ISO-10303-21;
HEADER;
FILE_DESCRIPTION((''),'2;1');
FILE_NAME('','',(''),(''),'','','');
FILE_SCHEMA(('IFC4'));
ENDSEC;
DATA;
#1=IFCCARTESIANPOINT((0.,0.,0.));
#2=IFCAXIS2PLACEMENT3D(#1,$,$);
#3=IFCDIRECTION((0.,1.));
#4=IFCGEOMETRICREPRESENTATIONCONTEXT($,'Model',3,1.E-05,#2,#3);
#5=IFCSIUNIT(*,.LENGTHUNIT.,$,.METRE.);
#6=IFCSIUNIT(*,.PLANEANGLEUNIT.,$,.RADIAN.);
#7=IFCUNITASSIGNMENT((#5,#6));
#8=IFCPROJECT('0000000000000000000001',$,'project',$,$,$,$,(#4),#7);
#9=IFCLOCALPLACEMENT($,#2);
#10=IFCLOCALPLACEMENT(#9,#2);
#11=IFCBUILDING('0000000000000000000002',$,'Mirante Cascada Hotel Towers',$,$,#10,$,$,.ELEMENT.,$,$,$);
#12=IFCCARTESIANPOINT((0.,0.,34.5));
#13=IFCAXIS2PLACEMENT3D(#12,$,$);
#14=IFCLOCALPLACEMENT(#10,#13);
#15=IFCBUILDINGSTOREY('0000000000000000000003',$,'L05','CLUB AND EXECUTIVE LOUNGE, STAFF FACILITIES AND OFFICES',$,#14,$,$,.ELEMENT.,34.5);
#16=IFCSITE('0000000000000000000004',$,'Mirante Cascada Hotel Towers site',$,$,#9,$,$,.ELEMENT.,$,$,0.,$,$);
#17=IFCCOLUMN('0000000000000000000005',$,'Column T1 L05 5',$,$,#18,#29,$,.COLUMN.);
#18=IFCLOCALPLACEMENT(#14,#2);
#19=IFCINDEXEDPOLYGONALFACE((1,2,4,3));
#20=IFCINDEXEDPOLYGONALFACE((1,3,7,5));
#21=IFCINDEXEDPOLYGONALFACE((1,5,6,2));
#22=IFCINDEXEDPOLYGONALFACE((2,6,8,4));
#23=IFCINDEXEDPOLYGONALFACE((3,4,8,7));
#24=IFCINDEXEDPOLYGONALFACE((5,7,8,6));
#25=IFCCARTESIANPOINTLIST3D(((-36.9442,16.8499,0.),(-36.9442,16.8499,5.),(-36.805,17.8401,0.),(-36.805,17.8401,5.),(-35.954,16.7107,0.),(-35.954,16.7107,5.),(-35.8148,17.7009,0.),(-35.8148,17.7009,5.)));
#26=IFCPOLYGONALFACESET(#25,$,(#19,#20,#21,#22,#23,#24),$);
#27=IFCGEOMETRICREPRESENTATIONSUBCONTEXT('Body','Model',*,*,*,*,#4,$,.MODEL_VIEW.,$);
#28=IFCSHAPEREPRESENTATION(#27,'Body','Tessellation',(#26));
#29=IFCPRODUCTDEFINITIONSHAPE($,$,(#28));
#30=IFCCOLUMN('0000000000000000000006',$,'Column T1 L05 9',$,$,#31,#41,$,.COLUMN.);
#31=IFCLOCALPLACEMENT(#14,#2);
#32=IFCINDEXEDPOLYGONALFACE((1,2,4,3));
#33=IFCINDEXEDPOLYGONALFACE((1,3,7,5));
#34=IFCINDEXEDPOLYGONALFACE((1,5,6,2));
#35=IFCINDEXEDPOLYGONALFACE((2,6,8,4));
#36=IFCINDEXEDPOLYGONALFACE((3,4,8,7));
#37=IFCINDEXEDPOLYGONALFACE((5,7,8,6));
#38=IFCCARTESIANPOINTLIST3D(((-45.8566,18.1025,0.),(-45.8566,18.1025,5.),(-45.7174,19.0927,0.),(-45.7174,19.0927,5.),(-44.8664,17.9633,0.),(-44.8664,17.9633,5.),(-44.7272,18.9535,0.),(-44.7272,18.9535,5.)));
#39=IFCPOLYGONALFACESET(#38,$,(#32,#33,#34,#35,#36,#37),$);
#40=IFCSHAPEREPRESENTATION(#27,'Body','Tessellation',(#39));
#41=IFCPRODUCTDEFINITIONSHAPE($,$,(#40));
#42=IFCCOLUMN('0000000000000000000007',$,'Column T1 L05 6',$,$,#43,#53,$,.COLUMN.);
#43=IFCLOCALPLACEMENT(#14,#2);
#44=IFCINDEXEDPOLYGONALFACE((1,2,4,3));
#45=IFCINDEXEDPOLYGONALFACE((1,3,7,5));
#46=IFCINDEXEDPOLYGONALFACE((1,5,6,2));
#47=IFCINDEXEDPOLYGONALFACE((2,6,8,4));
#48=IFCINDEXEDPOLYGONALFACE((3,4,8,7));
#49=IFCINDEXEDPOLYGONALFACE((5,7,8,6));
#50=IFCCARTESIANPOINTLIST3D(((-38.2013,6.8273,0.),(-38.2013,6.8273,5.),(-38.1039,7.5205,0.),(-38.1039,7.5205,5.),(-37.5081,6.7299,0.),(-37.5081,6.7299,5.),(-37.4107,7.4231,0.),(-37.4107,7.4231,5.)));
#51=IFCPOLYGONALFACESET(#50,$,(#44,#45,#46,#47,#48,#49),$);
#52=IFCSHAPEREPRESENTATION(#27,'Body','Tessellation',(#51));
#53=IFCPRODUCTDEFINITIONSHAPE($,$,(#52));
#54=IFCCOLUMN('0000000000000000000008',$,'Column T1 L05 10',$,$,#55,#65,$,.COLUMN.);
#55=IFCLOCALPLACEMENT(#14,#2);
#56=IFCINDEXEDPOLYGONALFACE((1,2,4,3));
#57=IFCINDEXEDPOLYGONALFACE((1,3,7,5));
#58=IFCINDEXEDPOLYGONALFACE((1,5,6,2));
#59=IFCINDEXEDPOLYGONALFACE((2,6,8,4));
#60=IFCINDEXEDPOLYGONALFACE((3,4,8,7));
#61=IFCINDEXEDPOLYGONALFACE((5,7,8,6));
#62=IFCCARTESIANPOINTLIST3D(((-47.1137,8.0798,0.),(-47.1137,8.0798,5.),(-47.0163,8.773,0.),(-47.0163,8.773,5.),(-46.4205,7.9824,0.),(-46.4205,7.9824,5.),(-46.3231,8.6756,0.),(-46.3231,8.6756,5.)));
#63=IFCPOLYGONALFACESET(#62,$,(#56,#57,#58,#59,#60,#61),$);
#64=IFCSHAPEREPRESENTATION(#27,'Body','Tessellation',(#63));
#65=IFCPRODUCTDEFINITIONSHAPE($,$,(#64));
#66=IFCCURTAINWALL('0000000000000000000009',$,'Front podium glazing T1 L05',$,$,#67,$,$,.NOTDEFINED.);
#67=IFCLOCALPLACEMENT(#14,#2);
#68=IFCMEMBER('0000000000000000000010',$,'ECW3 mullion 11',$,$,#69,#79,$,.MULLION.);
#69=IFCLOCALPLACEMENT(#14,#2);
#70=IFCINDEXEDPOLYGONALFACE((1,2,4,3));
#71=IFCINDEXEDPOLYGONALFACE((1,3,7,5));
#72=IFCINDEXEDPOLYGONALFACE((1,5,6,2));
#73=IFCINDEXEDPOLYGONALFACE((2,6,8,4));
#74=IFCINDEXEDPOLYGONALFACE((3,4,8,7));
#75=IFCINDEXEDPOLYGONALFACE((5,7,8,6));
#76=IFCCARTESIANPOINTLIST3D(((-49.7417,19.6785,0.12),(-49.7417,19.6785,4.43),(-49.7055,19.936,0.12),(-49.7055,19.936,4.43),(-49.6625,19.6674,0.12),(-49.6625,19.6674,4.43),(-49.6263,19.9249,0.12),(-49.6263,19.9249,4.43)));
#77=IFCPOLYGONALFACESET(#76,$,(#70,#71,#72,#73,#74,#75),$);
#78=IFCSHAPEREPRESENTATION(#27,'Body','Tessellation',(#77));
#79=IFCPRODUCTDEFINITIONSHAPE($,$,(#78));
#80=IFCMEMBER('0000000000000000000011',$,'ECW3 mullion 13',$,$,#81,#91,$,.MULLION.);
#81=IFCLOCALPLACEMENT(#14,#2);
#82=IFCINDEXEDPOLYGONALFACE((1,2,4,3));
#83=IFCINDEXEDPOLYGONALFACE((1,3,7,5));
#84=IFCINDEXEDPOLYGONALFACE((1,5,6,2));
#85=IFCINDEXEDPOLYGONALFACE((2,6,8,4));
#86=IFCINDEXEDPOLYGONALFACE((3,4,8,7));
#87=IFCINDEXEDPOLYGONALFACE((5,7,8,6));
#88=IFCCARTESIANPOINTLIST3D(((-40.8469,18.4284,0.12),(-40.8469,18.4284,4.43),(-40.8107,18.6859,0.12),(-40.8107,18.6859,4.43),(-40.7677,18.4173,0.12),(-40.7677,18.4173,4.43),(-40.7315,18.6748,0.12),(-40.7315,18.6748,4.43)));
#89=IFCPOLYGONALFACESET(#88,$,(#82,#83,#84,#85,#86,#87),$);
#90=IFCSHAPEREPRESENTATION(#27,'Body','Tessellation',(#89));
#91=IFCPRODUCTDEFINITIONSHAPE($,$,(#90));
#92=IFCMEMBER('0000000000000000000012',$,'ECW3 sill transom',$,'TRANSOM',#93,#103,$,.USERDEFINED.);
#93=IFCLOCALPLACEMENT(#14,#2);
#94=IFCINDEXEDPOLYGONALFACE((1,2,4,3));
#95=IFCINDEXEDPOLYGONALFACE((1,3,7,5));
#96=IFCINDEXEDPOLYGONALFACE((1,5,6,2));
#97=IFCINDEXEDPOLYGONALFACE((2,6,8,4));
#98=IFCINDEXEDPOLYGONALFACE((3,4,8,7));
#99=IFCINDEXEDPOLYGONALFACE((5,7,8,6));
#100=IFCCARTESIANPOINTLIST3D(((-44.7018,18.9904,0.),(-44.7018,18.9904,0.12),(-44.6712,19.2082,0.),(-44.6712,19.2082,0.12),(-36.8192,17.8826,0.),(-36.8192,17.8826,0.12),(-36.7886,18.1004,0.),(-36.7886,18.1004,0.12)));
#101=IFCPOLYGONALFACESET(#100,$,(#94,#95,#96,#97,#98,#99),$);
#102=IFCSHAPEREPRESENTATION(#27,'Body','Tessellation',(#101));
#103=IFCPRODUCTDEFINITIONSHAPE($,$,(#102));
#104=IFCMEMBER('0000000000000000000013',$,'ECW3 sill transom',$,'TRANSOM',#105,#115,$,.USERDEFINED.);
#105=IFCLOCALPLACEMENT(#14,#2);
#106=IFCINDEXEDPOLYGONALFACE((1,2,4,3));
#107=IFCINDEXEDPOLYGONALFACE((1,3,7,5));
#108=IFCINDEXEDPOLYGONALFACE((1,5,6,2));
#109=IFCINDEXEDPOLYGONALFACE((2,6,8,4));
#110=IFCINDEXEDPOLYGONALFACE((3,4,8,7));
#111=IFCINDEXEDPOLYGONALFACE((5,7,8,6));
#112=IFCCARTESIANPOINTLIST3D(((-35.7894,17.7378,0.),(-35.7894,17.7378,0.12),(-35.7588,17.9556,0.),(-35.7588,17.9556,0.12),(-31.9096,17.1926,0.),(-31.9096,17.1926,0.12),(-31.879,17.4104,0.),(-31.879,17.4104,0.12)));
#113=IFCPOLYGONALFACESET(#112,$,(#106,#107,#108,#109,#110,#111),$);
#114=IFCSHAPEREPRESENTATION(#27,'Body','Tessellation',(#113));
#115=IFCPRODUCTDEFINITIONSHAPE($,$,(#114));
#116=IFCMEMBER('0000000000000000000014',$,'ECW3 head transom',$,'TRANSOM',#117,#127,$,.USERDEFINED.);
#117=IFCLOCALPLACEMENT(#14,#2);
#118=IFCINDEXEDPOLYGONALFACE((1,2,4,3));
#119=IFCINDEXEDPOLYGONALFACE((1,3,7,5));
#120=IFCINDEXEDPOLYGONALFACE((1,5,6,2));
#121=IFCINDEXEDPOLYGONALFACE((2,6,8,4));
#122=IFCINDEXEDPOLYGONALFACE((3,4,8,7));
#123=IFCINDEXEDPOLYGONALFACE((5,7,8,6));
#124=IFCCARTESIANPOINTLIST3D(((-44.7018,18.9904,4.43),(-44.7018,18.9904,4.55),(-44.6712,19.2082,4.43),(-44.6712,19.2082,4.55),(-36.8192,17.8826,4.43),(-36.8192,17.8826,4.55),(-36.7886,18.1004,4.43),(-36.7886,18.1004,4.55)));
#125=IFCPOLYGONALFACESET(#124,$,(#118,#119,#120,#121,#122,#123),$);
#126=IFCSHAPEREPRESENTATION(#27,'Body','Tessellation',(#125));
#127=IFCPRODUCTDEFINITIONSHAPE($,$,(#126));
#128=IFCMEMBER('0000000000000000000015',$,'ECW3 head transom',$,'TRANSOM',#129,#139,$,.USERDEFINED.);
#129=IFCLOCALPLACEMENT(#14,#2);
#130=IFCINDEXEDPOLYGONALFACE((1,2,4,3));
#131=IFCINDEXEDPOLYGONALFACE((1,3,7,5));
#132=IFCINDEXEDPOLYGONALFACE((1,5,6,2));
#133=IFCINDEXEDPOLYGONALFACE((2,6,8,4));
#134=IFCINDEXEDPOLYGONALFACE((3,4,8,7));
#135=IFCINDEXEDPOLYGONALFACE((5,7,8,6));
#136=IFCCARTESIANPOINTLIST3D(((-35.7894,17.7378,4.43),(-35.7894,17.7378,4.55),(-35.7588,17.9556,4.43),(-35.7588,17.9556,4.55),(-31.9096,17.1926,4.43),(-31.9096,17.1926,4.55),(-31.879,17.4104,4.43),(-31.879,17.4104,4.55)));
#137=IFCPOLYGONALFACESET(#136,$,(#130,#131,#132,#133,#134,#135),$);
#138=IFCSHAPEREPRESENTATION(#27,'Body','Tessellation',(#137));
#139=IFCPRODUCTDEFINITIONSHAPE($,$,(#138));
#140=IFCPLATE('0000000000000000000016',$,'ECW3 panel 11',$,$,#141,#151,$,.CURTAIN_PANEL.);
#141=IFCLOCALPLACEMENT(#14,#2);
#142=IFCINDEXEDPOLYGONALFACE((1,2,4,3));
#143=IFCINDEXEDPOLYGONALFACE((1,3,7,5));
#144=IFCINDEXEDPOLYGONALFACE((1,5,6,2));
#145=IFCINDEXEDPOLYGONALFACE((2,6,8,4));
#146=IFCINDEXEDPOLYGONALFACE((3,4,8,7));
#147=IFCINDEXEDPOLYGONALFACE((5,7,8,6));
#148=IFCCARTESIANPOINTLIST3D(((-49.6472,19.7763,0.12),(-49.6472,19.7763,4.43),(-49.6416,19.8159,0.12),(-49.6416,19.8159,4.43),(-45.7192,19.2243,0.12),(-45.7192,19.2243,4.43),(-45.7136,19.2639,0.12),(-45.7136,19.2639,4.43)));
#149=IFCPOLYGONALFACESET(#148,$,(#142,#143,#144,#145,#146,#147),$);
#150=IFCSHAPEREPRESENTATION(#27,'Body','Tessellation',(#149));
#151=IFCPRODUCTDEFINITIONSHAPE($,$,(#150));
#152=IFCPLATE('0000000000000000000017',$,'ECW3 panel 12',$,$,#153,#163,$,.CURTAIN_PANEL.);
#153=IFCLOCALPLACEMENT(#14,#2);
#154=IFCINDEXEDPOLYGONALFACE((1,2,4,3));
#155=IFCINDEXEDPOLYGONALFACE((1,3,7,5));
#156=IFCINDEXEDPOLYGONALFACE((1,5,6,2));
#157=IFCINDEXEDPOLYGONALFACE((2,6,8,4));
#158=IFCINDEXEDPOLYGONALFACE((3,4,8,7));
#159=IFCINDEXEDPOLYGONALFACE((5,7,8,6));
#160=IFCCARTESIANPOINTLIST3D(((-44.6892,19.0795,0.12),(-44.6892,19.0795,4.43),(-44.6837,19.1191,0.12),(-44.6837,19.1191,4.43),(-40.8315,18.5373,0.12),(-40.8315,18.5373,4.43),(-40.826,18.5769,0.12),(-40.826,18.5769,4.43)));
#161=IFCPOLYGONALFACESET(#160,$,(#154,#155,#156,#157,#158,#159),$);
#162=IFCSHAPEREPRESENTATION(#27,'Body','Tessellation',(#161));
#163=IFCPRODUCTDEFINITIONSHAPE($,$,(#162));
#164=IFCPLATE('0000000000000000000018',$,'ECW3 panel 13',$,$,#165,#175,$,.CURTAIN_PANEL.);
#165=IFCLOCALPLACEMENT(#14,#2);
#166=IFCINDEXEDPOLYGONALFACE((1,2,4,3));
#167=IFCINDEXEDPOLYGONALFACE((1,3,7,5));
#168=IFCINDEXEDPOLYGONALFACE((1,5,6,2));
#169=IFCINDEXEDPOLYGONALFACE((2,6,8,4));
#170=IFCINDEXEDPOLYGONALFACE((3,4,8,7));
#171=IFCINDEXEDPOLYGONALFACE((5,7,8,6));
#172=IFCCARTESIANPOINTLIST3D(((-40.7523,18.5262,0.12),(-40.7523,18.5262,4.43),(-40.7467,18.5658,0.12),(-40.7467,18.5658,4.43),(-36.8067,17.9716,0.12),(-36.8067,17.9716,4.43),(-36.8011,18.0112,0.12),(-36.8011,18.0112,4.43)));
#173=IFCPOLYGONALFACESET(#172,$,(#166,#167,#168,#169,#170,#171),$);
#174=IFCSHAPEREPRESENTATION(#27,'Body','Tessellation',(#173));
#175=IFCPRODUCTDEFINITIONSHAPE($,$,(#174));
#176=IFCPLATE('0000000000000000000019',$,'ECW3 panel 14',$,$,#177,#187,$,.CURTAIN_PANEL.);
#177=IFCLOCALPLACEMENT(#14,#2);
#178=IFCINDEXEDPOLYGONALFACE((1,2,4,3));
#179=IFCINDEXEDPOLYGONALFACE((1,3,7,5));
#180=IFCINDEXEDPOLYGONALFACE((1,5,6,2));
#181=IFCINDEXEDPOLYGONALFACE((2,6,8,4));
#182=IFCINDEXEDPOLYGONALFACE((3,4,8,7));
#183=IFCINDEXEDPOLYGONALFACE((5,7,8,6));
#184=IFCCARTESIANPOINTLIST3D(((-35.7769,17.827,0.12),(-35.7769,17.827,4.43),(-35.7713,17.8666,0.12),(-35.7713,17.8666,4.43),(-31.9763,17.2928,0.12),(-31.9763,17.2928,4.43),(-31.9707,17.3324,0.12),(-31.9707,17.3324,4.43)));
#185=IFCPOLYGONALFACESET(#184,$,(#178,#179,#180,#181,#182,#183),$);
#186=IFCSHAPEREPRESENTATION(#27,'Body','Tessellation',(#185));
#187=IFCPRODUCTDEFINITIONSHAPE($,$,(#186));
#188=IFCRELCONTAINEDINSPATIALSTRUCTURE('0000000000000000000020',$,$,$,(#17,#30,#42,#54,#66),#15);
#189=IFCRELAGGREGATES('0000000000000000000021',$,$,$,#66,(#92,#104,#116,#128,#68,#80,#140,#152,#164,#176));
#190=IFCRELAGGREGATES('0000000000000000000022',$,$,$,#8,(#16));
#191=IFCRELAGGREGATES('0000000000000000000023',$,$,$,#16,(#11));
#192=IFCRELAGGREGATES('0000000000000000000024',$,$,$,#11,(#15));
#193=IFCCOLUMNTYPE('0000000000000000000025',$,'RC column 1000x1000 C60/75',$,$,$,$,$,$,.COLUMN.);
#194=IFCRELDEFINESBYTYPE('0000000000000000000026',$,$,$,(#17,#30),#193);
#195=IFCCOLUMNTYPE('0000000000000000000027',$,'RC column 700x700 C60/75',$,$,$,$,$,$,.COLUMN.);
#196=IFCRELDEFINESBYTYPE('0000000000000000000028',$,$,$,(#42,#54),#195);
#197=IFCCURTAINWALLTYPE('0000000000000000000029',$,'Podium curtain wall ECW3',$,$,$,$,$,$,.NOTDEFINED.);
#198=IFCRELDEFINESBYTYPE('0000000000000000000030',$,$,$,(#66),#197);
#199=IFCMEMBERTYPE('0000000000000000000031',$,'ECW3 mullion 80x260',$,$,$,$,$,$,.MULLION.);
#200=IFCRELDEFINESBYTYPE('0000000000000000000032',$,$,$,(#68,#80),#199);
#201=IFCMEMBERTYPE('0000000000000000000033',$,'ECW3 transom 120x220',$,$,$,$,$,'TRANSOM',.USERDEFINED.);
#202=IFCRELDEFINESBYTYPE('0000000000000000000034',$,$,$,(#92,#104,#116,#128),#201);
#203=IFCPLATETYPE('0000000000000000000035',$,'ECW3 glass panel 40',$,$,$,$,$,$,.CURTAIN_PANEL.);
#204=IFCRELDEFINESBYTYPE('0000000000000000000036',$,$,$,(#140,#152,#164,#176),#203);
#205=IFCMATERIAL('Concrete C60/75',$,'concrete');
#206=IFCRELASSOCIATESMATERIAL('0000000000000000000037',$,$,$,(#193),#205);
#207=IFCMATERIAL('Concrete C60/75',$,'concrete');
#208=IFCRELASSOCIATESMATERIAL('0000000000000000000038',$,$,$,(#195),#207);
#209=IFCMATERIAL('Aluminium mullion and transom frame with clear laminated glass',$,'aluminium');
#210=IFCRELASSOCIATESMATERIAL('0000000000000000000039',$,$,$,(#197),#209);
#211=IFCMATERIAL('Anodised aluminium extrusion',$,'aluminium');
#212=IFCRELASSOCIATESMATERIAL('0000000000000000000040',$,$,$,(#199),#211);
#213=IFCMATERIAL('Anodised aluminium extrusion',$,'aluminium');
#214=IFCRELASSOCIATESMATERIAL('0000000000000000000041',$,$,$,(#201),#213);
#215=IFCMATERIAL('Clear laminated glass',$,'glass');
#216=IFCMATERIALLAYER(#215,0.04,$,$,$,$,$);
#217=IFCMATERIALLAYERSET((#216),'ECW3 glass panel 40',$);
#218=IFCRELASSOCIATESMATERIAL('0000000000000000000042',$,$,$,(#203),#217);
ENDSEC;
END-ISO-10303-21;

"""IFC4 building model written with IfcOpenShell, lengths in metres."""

from ifc_helpers import new_model, si_unit, direction, frame, origin, origin_2d, place, context, subcontext, project, spatial, rectangle, extrude, material, layer, layer_set, material_profile, profile_set, type_object, element, aggregate, save


model = new_model("IFC4")

# Units and contexts
model_context = context("Model", 3, precision=1e-05, world=origin(), true_north=direction((0.0, 1.0)))
body_context = subcontext(model_context, "Body", "Model", "MODEL_VIEW")
ifc_project = project(units=[si_unit("LENGTHUNIT", "METRE"), si_unit("PLANEANGLEUNIT", "RADIAN")], contexts=[model_context])

# Site, building, storey
site_placement = place(None, origin())
site = spatial("IfcSite", under=ifc_project, at=site_placement, Name="Mirante Cascada Hotel Towers site", CompositionType="ELEMENT", RefElevation=0.0)
building_placement = place(site_placement, origin())
building = spatial("IfcBuilding", under=site, at=building_placement, Name="Mirante Cascada Hotel Towers", CompositionType="ELEMENT")
storey_placement = place(building_placement, frame((0.0, 0.0, 34.5)))
storey = spatial("IfcBuildingStorey", under=building, at=storey_placement, Name="L05", Description="CLUB AND EXECUTIVE LOUNGE, STAFF FACILITIES AND OFFICES", CompositionType="ELEMENT", Elevation=34.5)

# Columns
ifc_material_1 = material(Name="Concrete C60/75", Category="concrete")
ifc_material_profile_1 = material_profile(ifc_material_1, rectangle(XDim=1.0, YDim=1.0, at=origin_2d()), Name="RC column 1000x1000 C60/75")
ifc_profile_set_1 = profile_set([ifc_material_profile_1], Name="Concrete C60/75")
column_type_1 = type_object("IfcColumnType", Name="RC column 1000x1000 C60/75", PredefinedType="COLUMN", material=ifc_profile_set_1)
for number, where, z_axis, x_axis, name in (
    (1, (-36.3795, 17.2754, 0.0), (0.0, 0.0, 1.0), (-0.990268, 0.139173, 0.0), "Column T1 L05 5"),
    (2, (-45.2919, 18.528, 0.0), (0.0, 0.0, 1.0), (-0.990268, 0.139173, 0.0), "Column T1 L05 9"),
):
    element("IfcColumn", number, at=place(storey_placement, frame(where, z_axis=z_axis, x_axis=x_axis)), inside=storey, type_object=column_type_1, Name=name, PredefinedType="COLUMN", context=body_context, shape_type="SweptSolid", body=[
        extrude(rectangle(XDim=1.0, YDim=1.0, at=origin_2d()), origin(), (0.0, 0.0, 1.0), 5.0),
    ])
ifc_material_2 = material(Name="Concrete C60/75", Category="concrete")
ifc_material_profile_2 = material_profile(ifc_material_2, rectangle(XDim=0.7, YDim=0.7, at=origin_2d()), Name="RC column 700x700 C60/75")
ifc_profile_set_2 = profile_set([ifc_material_profile_2], Name="Concrete C60/75")
column_type_2 = type_object("IfcColumnType", Name="RC column 700x700 C60/75", PredefinedType="COLUMN", material=ifc_profile_set_2)
for number, where, z_axis, x_axis, name in (
    (3, (-37.806, 7.1252, 0.0), (0.0, 0.0, 1.0), (-0.990268, 0.139173, 0.0), "Column T1 L05 6"),
    (4, (-46.7184, 8.3777, 0.0), (0.0, 0.0, 1.0), (-0.990268, 0.139173, 0.0), "Column T1 L05 10"),
):
    element("IfcColumn", number, at=place(storey_placement, frame(where, z_axis=z_axis, x_axis=x_axis)), inside=storey, type_object=column_type_2, Name=name, PredefinedType="COLUMN", context=body_context, shape_type="SweptSolid", body=[
        extrude(rectangle(XDim=0.7, YDim=0.7, at=origin_2d()), origin(), (0.0, 0.0, 1.0), 5.0),
    ])

# Curtain wall, members, plates
ifc_material_3 = material(Name="Aluminium mullion and transom frame with clear laminated glass", Category="aluminium")
curtain_wall_type = type_object("IfcCurtainWallType", Name="Podium curtain wall ECW3", PredefinedType="NOTDEFINED", material=ifc_material_3)
curtain_wall_placement = place(storey_placement, origin())
curtain_wall = element("IfcCurtainWall", 5, at=curtain_wall_placement, inside=storey, type_object=curtain_wall_type, Name="Front podium glazing T1 L05", PredefinedType="NOTDEFINED")
ifc_material_4 = material(Name="Anodised aluminium extrusion", Category="aluminium")
ifc_material_profile_3 = material_profile(ifc_material_4, rectangle(XDim=0.26, YDim=0.08, at=origin_2d()), Name="ECW3 MULLION 80x260")
ifc_profile_set_3 = profile_set([ifc_material_profile_3], Name="Anodised aluminium extrusion")
member_type_1 = type_object("IfcMemberType", Name="ECW3 mullion 80x260", PredefinedType="MULLION", material=ifc_profile_set_3)
member_1_placement = place(storey_placement, frame((-49.684, 19.8017, 0.12), z_axis=(0.0, 0.0, 1.0), x_axis=(0.139173, 0.990268, 0.0)))
member_1 = element("IfcMember", 6, at=member_1_placement, type_object=member_type_1, Name="ECW3 mullion 11", PredefinedType="MULLION", context=body_context, shape_type="SweptSolid", body=[
    extrude(rectangle(XDim=0.26, YDim=0.08, at=origin_2d()), origin(), (0.0, 0.0, 1.0), 4.31),
])
member_2_placement = place(storey_placement, frame((-40.7892, 18.5516, 0.12), z_axis=(0.0, 0.0, 1.0), x_axis=(0.139173, 0.990268, 0.0)))
member_2 = element("IfcMember", 7, at=member_2_placement, type_object=member_type_1, Name="ECW3 mullion 13", PredefinedType="MULLION", context=body_context, shape_type="SweptSolid", body=[
    extrude(rectangle(XDim=0.26, YDim=0.08, at=origin_2d()), origin(), (0.0, 0.0, 1.0), 4.31),
])
ifc_material_5 = material(Name="Anodised aluminium extrusion", Category="aluminium")
ifc_material_profile_4 = material_profile(ifc_material_5, rectangle(XDim=0.22, YDim=0.12, at=origin_2d()), Name="ECW3 TRANSOM 120x220")
ifc_profile_set_4 = profile_set([ifc_material_profile_4], Name="Anodised aluminium extrusion")
member_type_2 = type_object("IfcMemberType", Name="ECW3 transom 120x220", ElementType="TRANSOM", PredefinedType="USERDEFINED", material=ifc_profile_set_4)
member_3_placement = place(storey_placement, frame((-44.6865, 19.0993, 0.06), z_axis=(0.990268, -0.13917, 0.0), x_axis=(0.13917, 0.990268, 0.0)))
member_3 = element("IfcMember", 8, at=member_3_placement, type_object=member_type_2, Name="ECW3 sill transom", ObjectType="TRANSOM", PredefinedType="USERDEFINED", context=body_context, shape_type="SweptSolid", body=[
    extrude(rectangle(XDim=0.22, YDim=0.12, at=origin_2d()), origin(), (0.0, 0.0, 1.0), 7.9601),
])
member_4_placement = place(storey_placement, frame((-35.7741, 17.8467, 0.06), z_axis=(0.990271, -0.139155, 0.0), x_axis=(0.139155, 0.990271, 0.0)))
member_4 = element("IfcMember", 9, at=member_4_placement, type_object=member_type_2, Name="ECW3 sill transom", ObjectType="TRANSOM", PredefinedType="USERDEFINED", context=body_context, shape_type="SweptSolid", body=[
    extrude(rectangle(XDim=0.22, YDim=0.12, at=origin_2d()), origin(), (0.0, 0.0, 1.0), 3.9179),
])
member_5_placement = place(storey_placement, frame((-44.6865, 19.0993, 4.49), z_axis=(0.990268, -0.13917, 0.0), x_axis=(0.13917, 0.990268, 0.0)))
member_5 = element("IfcMember", 10, at=member_5_placement, type_object=member_type_2, Name="ECW3 head transom", ObjectType="TRANSOM", PredefinedType="USERDEFINED", context=body_context, shape_type="SweptSolid", body=[
    extrude(rectangle(XDim=0.22, YDim=0.12, at=origin_2d()), origin(), (0.0, 0.0, 1.0), 7.9601),
])
member_6_placement = place(storey_placement, frame((-35.7741, 17.8467, 4.49), z_axis=(0.990271, -0.139155, 0.0), x_axis=(0.139155, 0.990271, 0.0)))
member_6 = element("IfcMember", 11, at=member_6_placement, type_object=member_type_2, Name="ECW3 head transom", ObjectType="TRANSOM", PredefinedType="USERDEFINED", context=body_context, shape_type="SweptSolid", body=[
    extrude(rectangle(XDim=0.22, YDim=0.12, at=origin_2d()), origin(), (0.0, 0.0, 1.0), 3.9179),
])
ifc_material_6 = material(Name="Clear laminated glass", Category="glass")
ifc_layer_1 = layer(ifc_material_6, 0.04)
ifc_layer_set_1 = layer_set([ifc_layer_1], Name="ECW3 glass panel 40")
plate_type = type_object("IfcPlateType", Name="ECW3 glass panel 40", PredefinedType="CURTAIN_PANEL", material=ifc_layer_set_1)
plate_1_placement = place(storey_placement, frame((-47.6804, 19.5201, 0.12), z_axis=(0.0, 0.0, 1.0), x_axis=(0.990268, -0.139173, 0.0)))
plate_1 = element("IfcPlate", 12, at=plate_1_placement, type_object=plate_type, Name="ECW3 panel 11", PredefinedType="CURTAIN_PANEL", context=body_context, shape_type="SweptSolid", body=[
    extrude(rectangle(XDim=3.9666, YDim=0.04, at=origin_2d()), origin(), (0.0, 0.0, 1.0), 4.31),
])
plate_2_placement = place(storey_placement, frame((-42.7576, 18.8282, 0.12), z_axis=(0.0, 0.0, 1.0), x_axis=(0.990268, -0.139173, 0.0)))
plate_2 = element("IfcPlate", 13, at=plate_2_placement, type_object=plate_type, Name="ECW3 panel 12", PredefinedType="CURTAIN_PANEL", context=body_context, shape_type="SweptSolid", body=[
    extrude(rectangle(XDim=3.8956, YDim=0.04, at=origin_2d()), origin(), (0.0, 0.0, 1.0), 4.31),
])
plate_3_placement = place(storey_placement, frame((-38.7767, 18.2687, 0.12), z_axis=(0.0, 0.0, 1.0), x_axis=(0.990268, -0.139173, 0.0)))
plate_3 = element("IfcPlate", 14, at=plate_3_placement, type_object=plate_type, Name="ECW3 panel 13", PredefinedType="CURTAIN_PANEL", context=body_context, shape_type="SweptSolid", body=[
    extrude(rectangle(XDim=3.9844, YDim=0.04, at=origin_2d()), origin(), (0.0, 0.0, 1.0), 4.31),
])
plate_4_placement = place(storey_placement, frame((-33.8738, 17.5797, 0.12), z_axis=(0.0, 0.0, 1.0), x_axis=(0.990268, -0.139173, 0.0)))
plate_4 = element("IfcPlate", 15, at=plate_4_placement, type_object=plate_type, Name="ECW3 panel 14", PredefinedType="CURTAIN_PANEL", context=body_context, shape_type="SweptSolid", body=[
    extrude(rectangle(XDim=3.8379, YDim=0.04, at=origin_2d()), origin(), (0.0, 0.0, 1.0), 4.31),
])
aggregate(curtain_wall, [member_3, member_4, member_5, member_6, member_1, member_2, plate_1, plate_2, plate_3, plate_4])

save(model, "model.ifc")
